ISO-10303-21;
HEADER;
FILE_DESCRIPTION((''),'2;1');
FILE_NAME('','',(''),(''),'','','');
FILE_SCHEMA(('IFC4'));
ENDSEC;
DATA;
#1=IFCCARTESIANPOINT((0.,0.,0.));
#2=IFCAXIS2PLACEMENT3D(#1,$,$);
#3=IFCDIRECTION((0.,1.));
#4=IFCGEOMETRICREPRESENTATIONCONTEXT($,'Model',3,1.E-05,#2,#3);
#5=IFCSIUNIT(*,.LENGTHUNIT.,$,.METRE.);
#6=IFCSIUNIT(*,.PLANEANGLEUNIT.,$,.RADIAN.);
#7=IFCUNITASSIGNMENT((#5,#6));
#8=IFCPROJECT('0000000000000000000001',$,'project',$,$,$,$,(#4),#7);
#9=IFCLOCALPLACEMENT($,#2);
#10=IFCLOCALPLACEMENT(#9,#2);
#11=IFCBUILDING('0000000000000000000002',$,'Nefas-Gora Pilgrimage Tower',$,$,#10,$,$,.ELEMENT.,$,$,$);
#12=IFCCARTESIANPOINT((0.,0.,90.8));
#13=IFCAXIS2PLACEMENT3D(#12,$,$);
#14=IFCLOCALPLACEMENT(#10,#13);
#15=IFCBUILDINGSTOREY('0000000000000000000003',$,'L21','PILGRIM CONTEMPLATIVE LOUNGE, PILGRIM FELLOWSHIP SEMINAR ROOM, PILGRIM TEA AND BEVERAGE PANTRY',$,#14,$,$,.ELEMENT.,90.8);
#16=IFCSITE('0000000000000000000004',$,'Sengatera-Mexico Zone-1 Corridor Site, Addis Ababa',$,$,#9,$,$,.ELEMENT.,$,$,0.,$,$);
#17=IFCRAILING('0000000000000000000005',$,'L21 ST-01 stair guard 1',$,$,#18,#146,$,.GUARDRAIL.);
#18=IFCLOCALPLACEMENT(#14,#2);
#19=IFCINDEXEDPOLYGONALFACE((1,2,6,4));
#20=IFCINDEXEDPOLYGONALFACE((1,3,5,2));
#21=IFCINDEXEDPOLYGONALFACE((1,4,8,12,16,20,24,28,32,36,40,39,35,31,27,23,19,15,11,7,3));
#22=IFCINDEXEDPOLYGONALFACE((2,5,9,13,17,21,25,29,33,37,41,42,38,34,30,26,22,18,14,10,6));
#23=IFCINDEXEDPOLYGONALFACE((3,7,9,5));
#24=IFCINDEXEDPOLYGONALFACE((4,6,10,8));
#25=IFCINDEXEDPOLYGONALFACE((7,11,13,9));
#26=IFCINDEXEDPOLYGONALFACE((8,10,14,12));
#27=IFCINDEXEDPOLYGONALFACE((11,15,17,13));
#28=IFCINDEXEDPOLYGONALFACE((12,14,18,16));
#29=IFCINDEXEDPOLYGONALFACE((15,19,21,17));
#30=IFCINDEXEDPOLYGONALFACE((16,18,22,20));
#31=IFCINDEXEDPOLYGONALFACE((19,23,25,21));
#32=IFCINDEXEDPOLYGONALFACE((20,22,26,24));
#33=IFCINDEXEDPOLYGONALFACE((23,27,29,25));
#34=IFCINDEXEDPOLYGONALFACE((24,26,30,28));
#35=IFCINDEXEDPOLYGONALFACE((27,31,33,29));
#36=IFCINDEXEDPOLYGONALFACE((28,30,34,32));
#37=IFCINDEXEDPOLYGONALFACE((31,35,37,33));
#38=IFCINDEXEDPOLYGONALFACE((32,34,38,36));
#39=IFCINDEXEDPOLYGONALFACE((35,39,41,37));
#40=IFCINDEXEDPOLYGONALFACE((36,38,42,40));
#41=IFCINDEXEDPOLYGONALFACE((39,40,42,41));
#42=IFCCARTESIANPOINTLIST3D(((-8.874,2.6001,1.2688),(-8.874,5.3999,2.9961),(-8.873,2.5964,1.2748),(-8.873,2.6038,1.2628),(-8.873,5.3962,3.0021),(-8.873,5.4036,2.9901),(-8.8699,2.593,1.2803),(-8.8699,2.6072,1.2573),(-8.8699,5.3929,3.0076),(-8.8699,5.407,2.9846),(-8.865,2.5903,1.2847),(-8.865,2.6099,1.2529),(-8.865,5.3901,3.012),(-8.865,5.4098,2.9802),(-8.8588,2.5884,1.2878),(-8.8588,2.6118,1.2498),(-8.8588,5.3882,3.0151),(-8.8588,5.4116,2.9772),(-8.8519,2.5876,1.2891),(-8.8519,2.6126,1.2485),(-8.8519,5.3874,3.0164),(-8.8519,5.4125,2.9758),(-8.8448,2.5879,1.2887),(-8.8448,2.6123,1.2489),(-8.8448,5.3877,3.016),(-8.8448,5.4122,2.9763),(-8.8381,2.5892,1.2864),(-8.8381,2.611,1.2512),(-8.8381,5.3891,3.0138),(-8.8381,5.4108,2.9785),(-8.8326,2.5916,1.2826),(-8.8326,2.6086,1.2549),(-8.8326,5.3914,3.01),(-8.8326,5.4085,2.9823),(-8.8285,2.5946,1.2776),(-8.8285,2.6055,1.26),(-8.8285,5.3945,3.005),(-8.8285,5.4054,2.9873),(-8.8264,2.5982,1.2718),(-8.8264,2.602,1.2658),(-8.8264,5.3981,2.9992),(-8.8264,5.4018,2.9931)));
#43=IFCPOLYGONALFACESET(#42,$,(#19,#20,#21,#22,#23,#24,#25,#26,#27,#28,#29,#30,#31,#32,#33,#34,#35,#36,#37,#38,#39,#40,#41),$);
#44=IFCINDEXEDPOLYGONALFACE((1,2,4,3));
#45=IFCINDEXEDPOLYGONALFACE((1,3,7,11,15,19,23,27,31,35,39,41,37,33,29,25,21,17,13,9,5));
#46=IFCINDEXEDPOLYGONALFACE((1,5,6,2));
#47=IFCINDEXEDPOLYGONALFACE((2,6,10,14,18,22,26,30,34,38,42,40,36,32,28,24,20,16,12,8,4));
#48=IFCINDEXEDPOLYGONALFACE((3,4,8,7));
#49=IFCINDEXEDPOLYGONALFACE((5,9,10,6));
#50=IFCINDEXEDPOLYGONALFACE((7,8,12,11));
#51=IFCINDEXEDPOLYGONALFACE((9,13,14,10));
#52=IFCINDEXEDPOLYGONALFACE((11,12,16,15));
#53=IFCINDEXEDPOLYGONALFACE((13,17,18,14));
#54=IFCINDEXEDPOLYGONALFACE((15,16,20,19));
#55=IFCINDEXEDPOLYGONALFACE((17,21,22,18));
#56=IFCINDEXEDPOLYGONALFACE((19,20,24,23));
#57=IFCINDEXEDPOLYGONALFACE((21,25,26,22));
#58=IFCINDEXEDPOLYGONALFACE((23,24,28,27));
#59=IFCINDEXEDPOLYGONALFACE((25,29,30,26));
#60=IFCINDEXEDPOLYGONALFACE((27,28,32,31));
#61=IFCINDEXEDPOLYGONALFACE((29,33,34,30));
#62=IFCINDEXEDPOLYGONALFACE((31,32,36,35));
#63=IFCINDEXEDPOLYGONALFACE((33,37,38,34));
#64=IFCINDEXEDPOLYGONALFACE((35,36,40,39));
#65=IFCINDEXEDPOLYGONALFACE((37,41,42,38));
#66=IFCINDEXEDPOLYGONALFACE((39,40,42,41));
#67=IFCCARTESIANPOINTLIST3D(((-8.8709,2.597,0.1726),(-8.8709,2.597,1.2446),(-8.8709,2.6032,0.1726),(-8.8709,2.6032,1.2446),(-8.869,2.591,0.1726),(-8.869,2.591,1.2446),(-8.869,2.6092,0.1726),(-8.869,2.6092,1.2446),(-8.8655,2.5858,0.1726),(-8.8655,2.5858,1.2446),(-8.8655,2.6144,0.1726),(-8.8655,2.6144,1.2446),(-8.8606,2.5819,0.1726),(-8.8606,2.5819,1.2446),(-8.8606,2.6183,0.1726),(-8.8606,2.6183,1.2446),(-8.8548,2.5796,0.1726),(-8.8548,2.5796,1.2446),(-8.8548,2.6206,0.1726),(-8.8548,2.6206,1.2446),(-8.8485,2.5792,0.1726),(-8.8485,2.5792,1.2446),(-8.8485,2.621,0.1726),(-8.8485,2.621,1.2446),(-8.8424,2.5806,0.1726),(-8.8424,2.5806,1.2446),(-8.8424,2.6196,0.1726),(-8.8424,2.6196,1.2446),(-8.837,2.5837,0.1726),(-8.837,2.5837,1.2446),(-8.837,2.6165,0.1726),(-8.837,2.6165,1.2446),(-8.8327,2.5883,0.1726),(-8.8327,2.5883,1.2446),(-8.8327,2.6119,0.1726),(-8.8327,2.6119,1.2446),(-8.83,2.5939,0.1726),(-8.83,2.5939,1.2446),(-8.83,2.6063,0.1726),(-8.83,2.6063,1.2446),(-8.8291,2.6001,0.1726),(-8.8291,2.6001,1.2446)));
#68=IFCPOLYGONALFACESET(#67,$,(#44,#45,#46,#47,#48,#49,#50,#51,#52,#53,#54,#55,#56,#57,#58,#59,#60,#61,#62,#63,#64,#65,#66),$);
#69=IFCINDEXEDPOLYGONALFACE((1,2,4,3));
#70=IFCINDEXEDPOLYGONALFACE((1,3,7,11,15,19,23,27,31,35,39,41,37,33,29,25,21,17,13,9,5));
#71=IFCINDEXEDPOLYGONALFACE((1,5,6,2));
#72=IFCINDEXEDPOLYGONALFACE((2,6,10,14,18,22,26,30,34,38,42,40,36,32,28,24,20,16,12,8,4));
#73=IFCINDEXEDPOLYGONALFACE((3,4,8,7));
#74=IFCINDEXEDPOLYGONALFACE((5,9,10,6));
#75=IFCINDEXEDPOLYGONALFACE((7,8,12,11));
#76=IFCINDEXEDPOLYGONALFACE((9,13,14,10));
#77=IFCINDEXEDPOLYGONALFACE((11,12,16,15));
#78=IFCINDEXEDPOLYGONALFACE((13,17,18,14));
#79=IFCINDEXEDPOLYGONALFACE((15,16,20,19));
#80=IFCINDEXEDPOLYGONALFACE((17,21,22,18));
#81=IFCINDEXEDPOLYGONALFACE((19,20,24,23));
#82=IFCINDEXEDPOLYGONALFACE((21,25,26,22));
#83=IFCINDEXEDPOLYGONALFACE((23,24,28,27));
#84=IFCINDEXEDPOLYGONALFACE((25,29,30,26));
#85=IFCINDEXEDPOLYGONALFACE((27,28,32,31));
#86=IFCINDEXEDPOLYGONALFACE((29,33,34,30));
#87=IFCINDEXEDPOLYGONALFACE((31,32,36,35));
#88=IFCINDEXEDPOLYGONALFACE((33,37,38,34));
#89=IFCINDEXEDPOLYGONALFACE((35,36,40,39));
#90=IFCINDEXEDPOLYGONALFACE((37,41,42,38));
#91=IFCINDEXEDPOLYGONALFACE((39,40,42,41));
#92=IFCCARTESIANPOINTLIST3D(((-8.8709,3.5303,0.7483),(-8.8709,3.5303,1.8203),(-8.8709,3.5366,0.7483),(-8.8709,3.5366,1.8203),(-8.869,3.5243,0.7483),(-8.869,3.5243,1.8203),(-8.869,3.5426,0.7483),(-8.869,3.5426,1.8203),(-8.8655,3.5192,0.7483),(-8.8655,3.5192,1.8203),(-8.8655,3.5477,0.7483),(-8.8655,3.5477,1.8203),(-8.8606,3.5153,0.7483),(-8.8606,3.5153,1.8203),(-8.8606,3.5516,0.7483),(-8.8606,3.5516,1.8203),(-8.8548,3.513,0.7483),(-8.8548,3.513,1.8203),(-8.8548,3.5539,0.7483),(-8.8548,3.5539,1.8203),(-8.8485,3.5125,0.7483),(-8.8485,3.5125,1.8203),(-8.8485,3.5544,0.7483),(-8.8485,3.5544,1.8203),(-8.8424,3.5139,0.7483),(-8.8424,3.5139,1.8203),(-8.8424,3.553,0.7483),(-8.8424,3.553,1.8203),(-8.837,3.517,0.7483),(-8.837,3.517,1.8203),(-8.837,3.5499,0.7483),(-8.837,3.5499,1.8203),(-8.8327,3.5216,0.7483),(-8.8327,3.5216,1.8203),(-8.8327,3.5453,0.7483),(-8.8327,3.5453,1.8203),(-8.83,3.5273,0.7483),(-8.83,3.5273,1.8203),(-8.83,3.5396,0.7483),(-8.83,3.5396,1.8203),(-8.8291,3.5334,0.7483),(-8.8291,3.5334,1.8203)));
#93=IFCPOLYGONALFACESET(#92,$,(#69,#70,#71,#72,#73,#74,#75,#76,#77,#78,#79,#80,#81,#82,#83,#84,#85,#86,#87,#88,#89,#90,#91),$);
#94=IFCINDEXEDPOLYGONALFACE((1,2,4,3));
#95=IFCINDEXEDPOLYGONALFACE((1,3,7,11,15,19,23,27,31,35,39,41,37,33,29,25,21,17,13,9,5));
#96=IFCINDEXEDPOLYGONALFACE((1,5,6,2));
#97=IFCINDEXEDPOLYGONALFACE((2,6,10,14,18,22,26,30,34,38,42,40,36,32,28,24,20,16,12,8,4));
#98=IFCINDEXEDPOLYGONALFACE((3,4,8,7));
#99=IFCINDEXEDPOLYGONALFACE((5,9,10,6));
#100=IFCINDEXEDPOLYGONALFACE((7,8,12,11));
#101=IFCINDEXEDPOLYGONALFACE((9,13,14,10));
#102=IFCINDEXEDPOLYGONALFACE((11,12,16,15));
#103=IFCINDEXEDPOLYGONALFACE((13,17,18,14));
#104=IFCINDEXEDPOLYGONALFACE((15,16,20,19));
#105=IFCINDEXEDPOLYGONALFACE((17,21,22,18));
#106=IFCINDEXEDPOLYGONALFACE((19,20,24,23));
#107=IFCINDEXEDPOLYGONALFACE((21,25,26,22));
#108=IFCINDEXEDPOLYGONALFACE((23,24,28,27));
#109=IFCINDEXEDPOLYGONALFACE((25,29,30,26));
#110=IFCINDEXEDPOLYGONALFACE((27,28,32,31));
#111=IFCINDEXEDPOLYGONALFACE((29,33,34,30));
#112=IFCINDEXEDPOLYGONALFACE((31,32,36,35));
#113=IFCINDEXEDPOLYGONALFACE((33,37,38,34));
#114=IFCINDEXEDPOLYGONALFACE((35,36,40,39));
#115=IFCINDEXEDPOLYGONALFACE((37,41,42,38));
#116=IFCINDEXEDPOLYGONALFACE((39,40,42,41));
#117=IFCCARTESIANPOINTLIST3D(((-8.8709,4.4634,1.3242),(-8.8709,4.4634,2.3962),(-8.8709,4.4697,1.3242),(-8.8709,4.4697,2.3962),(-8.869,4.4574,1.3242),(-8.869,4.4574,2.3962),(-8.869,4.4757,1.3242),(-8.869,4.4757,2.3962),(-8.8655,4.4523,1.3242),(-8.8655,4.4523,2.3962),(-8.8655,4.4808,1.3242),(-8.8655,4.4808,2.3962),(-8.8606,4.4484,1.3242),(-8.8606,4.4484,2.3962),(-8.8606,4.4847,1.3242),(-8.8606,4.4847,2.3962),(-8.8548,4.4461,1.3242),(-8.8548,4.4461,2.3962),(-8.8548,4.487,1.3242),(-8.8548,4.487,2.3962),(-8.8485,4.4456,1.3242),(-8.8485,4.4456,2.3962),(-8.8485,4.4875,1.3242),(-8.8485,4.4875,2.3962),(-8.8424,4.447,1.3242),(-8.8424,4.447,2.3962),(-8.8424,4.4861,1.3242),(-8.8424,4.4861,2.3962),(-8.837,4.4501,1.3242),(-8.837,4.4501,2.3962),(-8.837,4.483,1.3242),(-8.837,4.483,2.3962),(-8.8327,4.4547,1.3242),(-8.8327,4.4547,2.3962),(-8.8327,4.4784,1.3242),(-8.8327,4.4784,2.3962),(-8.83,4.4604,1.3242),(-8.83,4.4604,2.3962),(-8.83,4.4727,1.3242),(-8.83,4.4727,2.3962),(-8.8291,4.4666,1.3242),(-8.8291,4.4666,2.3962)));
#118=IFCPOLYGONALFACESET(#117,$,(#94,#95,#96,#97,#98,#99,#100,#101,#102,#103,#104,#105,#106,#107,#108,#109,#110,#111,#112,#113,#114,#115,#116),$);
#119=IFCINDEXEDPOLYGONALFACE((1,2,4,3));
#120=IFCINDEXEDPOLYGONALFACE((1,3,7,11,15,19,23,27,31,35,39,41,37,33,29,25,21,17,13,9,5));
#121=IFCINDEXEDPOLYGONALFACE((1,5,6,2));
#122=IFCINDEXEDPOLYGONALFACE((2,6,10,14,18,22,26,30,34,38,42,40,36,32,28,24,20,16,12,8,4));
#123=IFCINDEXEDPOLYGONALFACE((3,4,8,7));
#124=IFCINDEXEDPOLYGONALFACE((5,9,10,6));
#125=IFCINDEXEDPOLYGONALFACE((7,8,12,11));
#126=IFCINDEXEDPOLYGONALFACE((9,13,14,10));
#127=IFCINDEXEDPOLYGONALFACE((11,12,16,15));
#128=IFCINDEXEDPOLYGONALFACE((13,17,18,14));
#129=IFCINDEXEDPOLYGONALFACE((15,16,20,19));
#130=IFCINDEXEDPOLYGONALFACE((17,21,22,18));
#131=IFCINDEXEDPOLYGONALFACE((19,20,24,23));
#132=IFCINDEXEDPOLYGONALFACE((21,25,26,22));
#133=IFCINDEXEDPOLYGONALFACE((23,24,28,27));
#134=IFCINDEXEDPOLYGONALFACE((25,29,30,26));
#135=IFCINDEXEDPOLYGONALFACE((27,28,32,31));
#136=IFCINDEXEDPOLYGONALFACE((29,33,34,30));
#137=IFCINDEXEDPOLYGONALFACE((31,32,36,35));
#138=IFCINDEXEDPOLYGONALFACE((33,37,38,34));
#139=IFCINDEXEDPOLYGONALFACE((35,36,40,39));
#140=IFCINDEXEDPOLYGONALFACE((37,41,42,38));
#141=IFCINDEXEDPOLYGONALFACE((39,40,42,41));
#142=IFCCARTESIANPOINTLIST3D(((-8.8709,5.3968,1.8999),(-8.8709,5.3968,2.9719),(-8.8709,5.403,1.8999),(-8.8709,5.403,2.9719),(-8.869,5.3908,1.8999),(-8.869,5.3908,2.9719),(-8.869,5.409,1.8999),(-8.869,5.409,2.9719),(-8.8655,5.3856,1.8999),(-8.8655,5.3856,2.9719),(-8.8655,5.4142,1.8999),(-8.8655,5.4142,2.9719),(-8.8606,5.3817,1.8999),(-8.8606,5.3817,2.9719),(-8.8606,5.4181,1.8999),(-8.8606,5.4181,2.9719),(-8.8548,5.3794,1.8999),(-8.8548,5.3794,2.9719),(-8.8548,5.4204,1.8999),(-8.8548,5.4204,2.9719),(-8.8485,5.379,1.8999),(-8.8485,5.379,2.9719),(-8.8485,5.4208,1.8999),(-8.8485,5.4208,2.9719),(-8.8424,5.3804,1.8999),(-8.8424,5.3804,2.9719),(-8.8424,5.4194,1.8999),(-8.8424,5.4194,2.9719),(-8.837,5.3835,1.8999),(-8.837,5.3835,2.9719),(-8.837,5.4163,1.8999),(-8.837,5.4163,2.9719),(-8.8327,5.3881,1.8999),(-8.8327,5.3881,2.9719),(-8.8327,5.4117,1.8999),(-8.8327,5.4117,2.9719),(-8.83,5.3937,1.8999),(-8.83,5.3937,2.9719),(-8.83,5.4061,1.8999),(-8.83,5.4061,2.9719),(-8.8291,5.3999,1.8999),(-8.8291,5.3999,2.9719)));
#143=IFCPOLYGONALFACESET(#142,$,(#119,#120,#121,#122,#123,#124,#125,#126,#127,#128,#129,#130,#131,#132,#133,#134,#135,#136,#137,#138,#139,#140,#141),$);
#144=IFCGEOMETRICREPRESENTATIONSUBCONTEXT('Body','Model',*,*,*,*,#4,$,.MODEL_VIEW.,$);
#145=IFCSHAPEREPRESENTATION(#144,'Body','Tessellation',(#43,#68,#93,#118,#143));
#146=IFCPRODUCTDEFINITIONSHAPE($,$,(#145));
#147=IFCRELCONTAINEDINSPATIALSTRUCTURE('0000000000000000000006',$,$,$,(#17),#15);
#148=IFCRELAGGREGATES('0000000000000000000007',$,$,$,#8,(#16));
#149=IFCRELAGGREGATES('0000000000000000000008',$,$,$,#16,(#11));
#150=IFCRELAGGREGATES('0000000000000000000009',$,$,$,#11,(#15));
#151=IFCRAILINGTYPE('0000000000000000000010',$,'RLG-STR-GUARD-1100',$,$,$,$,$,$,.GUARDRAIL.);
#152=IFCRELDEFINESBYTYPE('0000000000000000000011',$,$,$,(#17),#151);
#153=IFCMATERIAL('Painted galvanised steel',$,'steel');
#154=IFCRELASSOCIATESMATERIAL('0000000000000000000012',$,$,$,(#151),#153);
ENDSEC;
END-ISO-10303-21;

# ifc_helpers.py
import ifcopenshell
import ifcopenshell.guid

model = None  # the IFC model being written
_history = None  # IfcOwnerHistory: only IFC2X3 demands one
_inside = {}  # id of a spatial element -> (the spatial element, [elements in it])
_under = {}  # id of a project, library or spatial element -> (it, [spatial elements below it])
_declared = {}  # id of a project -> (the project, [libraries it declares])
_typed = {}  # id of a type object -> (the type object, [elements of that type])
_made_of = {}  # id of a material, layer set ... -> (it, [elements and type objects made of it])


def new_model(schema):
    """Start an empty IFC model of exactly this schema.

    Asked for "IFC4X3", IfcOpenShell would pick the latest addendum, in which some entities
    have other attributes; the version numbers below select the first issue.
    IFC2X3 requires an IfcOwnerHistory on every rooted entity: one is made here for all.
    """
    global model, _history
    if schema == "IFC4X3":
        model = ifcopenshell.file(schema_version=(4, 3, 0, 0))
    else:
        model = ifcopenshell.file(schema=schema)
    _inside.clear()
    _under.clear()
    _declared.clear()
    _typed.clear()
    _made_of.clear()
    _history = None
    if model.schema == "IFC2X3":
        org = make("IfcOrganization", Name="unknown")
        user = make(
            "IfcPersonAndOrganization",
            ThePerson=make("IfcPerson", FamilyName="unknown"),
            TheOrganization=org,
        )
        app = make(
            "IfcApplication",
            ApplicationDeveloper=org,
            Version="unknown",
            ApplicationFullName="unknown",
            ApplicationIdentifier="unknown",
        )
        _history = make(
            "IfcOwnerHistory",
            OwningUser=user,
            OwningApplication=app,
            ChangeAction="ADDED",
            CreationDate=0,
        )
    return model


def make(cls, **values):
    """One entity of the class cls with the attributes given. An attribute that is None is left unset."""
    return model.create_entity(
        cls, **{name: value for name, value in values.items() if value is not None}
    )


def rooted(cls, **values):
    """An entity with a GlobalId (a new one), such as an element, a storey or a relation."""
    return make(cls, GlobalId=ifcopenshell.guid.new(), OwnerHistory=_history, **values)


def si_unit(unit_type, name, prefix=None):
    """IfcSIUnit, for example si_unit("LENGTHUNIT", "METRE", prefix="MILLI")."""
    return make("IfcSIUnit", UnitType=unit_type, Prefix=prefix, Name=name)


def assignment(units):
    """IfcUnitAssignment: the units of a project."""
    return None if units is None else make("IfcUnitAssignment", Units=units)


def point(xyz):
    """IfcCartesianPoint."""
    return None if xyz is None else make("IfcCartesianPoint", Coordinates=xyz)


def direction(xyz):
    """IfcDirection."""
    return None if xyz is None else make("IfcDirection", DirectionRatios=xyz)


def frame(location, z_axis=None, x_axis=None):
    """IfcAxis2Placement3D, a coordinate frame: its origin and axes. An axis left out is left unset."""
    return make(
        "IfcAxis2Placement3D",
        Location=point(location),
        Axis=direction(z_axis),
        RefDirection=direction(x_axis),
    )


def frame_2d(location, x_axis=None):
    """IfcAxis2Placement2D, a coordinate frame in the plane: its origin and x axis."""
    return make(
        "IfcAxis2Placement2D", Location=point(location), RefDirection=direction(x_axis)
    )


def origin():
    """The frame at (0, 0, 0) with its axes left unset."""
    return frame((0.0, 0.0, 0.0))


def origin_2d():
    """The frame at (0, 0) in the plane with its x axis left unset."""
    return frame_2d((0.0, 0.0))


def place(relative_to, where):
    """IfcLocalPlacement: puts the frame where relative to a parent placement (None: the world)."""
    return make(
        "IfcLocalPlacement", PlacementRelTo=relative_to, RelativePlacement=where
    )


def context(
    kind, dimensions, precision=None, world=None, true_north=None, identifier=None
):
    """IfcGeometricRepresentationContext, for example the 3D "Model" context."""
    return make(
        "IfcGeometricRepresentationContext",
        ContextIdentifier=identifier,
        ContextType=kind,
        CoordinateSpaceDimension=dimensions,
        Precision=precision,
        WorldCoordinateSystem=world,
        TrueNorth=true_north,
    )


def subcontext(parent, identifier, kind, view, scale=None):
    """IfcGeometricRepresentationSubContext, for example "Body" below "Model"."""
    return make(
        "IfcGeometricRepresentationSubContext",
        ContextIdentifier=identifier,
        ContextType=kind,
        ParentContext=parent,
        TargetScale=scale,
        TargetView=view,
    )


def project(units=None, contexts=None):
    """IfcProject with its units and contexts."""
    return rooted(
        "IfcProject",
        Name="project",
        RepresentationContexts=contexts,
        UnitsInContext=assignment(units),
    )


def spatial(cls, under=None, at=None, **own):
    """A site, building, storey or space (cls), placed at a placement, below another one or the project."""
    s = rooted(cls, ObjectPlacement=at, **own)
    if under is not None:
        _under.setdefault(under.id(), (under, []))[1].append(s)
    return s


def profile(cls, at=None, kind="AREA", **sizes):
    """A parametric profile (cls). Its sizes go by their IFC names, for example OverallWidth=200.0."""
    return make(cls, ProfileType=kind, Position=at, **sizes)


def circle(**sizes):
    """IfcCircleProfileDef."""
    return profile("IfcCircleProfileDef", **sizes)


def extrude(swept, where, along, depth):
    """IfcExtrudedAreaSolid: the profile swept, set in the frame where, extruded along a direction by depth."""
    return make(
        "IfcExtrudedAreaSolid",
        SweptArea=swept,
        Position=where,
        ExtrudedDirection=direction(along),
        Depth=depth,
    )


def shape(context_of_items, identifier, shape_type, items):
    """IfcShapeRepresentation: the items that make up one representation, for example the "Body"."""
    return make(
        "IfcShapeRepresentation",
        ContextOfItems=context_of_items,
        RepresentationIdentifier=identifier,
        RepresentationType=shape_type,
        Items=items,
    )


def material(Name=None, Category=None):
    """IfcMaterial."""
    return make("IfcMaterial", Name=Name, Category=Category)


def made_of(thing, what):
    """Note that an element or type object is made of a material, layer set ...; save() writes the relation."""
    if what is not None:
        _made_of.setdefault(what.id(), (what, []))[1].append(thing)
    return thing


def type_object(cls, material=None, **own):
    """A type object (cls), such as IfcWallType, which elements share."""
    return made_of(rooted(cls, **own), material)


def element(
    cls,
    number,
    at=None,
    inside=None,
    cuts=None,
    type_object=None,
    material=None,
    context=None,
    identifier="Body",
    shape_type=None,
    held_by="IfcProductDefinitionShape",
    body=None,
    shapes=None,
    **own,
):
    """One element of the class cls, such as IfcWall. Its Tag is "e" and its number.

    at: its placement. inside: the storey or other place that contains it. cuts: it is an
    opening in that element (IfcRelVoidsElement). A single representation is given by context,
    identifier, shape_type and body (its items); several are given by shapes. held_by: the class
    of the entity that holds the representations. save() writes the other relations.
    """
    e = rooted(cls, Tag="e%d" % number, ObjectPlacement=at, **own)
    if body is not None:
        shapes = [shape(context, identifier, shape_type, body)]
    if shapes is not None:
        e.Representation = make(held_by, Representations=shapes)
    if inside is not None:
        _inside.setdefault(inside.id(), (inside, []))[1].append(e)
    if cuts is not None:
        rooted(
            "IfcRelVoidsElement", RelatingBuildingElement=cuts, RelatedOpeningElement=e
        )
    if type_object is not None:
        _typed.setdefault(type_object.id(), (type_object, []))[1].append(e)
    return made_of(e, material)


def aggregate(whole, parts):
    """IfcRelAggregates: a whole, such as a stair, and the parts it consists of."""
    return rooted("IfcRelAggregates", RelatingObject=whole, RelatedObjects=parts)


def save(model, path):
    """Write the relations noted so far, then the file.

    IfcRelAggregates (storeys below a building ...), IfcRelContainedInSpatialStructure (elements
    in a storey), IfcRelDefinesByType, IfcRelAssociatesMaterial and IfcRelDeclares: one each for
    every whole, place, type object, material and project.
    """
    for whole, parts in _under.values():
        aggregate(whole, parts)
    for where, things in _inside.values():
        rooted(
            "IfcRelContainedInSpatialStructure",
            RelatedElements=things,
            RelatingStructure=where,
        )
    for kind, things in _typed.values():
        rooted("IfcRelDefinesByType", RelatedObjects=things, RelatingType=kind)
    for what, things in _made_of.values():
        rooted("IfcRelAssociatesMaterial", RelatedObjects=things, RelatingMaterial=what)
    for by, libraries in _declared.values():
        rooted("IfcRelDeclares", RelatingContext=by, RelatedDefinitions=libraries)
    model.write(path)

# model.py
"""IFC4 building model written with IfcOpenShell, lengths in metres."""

from ifc_helpers import new_model, si_unit, direction, frame, origin, origin_2d, place, context, subcontext, project, spatial, circle, extrude, material, type_object, element, save


model = new_model("IFC4")

# Units and contexts
model_context = context("Model", 3, precision=1e-05, world=origin(), true_north=direction((0.0, 1.0)))
body_context = subcontext(model_context, "Body", "Model", "MODEL_VIEW")
ifc_project = project(units=[si_unit("LENGTHUNIT", "METRE"), si_unit("PLANEANGLEUNIT", "RADIAN")], contexts=[model_context])

# Site, building, storey
site_placement = place(None, origin())
site = spatial("IfcSite", under=ifc_project, at=site_placement, Name="Sengatera-Mexico Zone-1 Corridor Site, Addis Ababa", CompositionType="ELEMENT", RefElevation=0.0)
building_placement = place(site_placement, origin())
building = spatial("IfcBuilding", under=site, at=building_placement, Name="Nefas-Gora Pilgrimage Tower", CompositionType="ELEMENT")
storey_placement = place(building_placement, frame((0.0, 0.0, 90.8)))
storey = spatial("IfcBuildingStorey", under=building, at=storey_placement, Name="L21", Description="PILGRIM CONTEMPLATIVE LOUNGE, PILGRIM FELLOWSHIP SEMINAR ROOM, PILGRIM TEA AND BEVERAGE PANTRY", CompositionType="ELEMENT", Elevation=90.8)

# Railing
ifc_material_1 = material(Name="Painted galvanised steel", Category="steel")
railing_type_1 = type_object("IfcRailingType", Name="RLG-STR-GUARD-1100", PredefinedType="GUARDRAIL", material=ifc_material_1)
railing_1_placement = place(storey_placement, frame((-8.8501, 2.6001, 0.1726)))
element("IfcRailing", 1, at=railing_1_placement, inside=storey, type_object=railing_type_1, Name="L21 ST-01 stair guard 1", PredefinedType="GUARDRAIL", context=body_context, shape_type="SweptSolid", body=[
    extrude(circle(Radius=0.0239, at=origin_2d()), frame((0.0, 0.0, 1.0962), z_axis=(0.0, 0.851069, 0.525054), x_axis=(-1.0, 0.0, 0.0)), (0.0, 0.0, 1.0), 3.2898),
    extrude(circle(Radius=0.021, at=origin_2d()), origin(), (0.0, 0.0, 1.0), 1.072),
    extrude(circle(Radius=0.021, at=origin_2d()), frame((0.0, 0.9333, 0.5757)), (0.0, 0.0, 1.0), 1.072),
    extrude(circle(Radius=0.021, at=origin_2d()), frame((0.0, 1.8665, 1.1516)), (0.0, 0.0, 1.0), 1.072),
    extrude(circle(Radius=0.021, at=origin_2d()), frame((0.0, 2.7998, 1.7273)), (0.0, 0.0, 1.0), 1.072),
])

save(model, "model.ifc")
